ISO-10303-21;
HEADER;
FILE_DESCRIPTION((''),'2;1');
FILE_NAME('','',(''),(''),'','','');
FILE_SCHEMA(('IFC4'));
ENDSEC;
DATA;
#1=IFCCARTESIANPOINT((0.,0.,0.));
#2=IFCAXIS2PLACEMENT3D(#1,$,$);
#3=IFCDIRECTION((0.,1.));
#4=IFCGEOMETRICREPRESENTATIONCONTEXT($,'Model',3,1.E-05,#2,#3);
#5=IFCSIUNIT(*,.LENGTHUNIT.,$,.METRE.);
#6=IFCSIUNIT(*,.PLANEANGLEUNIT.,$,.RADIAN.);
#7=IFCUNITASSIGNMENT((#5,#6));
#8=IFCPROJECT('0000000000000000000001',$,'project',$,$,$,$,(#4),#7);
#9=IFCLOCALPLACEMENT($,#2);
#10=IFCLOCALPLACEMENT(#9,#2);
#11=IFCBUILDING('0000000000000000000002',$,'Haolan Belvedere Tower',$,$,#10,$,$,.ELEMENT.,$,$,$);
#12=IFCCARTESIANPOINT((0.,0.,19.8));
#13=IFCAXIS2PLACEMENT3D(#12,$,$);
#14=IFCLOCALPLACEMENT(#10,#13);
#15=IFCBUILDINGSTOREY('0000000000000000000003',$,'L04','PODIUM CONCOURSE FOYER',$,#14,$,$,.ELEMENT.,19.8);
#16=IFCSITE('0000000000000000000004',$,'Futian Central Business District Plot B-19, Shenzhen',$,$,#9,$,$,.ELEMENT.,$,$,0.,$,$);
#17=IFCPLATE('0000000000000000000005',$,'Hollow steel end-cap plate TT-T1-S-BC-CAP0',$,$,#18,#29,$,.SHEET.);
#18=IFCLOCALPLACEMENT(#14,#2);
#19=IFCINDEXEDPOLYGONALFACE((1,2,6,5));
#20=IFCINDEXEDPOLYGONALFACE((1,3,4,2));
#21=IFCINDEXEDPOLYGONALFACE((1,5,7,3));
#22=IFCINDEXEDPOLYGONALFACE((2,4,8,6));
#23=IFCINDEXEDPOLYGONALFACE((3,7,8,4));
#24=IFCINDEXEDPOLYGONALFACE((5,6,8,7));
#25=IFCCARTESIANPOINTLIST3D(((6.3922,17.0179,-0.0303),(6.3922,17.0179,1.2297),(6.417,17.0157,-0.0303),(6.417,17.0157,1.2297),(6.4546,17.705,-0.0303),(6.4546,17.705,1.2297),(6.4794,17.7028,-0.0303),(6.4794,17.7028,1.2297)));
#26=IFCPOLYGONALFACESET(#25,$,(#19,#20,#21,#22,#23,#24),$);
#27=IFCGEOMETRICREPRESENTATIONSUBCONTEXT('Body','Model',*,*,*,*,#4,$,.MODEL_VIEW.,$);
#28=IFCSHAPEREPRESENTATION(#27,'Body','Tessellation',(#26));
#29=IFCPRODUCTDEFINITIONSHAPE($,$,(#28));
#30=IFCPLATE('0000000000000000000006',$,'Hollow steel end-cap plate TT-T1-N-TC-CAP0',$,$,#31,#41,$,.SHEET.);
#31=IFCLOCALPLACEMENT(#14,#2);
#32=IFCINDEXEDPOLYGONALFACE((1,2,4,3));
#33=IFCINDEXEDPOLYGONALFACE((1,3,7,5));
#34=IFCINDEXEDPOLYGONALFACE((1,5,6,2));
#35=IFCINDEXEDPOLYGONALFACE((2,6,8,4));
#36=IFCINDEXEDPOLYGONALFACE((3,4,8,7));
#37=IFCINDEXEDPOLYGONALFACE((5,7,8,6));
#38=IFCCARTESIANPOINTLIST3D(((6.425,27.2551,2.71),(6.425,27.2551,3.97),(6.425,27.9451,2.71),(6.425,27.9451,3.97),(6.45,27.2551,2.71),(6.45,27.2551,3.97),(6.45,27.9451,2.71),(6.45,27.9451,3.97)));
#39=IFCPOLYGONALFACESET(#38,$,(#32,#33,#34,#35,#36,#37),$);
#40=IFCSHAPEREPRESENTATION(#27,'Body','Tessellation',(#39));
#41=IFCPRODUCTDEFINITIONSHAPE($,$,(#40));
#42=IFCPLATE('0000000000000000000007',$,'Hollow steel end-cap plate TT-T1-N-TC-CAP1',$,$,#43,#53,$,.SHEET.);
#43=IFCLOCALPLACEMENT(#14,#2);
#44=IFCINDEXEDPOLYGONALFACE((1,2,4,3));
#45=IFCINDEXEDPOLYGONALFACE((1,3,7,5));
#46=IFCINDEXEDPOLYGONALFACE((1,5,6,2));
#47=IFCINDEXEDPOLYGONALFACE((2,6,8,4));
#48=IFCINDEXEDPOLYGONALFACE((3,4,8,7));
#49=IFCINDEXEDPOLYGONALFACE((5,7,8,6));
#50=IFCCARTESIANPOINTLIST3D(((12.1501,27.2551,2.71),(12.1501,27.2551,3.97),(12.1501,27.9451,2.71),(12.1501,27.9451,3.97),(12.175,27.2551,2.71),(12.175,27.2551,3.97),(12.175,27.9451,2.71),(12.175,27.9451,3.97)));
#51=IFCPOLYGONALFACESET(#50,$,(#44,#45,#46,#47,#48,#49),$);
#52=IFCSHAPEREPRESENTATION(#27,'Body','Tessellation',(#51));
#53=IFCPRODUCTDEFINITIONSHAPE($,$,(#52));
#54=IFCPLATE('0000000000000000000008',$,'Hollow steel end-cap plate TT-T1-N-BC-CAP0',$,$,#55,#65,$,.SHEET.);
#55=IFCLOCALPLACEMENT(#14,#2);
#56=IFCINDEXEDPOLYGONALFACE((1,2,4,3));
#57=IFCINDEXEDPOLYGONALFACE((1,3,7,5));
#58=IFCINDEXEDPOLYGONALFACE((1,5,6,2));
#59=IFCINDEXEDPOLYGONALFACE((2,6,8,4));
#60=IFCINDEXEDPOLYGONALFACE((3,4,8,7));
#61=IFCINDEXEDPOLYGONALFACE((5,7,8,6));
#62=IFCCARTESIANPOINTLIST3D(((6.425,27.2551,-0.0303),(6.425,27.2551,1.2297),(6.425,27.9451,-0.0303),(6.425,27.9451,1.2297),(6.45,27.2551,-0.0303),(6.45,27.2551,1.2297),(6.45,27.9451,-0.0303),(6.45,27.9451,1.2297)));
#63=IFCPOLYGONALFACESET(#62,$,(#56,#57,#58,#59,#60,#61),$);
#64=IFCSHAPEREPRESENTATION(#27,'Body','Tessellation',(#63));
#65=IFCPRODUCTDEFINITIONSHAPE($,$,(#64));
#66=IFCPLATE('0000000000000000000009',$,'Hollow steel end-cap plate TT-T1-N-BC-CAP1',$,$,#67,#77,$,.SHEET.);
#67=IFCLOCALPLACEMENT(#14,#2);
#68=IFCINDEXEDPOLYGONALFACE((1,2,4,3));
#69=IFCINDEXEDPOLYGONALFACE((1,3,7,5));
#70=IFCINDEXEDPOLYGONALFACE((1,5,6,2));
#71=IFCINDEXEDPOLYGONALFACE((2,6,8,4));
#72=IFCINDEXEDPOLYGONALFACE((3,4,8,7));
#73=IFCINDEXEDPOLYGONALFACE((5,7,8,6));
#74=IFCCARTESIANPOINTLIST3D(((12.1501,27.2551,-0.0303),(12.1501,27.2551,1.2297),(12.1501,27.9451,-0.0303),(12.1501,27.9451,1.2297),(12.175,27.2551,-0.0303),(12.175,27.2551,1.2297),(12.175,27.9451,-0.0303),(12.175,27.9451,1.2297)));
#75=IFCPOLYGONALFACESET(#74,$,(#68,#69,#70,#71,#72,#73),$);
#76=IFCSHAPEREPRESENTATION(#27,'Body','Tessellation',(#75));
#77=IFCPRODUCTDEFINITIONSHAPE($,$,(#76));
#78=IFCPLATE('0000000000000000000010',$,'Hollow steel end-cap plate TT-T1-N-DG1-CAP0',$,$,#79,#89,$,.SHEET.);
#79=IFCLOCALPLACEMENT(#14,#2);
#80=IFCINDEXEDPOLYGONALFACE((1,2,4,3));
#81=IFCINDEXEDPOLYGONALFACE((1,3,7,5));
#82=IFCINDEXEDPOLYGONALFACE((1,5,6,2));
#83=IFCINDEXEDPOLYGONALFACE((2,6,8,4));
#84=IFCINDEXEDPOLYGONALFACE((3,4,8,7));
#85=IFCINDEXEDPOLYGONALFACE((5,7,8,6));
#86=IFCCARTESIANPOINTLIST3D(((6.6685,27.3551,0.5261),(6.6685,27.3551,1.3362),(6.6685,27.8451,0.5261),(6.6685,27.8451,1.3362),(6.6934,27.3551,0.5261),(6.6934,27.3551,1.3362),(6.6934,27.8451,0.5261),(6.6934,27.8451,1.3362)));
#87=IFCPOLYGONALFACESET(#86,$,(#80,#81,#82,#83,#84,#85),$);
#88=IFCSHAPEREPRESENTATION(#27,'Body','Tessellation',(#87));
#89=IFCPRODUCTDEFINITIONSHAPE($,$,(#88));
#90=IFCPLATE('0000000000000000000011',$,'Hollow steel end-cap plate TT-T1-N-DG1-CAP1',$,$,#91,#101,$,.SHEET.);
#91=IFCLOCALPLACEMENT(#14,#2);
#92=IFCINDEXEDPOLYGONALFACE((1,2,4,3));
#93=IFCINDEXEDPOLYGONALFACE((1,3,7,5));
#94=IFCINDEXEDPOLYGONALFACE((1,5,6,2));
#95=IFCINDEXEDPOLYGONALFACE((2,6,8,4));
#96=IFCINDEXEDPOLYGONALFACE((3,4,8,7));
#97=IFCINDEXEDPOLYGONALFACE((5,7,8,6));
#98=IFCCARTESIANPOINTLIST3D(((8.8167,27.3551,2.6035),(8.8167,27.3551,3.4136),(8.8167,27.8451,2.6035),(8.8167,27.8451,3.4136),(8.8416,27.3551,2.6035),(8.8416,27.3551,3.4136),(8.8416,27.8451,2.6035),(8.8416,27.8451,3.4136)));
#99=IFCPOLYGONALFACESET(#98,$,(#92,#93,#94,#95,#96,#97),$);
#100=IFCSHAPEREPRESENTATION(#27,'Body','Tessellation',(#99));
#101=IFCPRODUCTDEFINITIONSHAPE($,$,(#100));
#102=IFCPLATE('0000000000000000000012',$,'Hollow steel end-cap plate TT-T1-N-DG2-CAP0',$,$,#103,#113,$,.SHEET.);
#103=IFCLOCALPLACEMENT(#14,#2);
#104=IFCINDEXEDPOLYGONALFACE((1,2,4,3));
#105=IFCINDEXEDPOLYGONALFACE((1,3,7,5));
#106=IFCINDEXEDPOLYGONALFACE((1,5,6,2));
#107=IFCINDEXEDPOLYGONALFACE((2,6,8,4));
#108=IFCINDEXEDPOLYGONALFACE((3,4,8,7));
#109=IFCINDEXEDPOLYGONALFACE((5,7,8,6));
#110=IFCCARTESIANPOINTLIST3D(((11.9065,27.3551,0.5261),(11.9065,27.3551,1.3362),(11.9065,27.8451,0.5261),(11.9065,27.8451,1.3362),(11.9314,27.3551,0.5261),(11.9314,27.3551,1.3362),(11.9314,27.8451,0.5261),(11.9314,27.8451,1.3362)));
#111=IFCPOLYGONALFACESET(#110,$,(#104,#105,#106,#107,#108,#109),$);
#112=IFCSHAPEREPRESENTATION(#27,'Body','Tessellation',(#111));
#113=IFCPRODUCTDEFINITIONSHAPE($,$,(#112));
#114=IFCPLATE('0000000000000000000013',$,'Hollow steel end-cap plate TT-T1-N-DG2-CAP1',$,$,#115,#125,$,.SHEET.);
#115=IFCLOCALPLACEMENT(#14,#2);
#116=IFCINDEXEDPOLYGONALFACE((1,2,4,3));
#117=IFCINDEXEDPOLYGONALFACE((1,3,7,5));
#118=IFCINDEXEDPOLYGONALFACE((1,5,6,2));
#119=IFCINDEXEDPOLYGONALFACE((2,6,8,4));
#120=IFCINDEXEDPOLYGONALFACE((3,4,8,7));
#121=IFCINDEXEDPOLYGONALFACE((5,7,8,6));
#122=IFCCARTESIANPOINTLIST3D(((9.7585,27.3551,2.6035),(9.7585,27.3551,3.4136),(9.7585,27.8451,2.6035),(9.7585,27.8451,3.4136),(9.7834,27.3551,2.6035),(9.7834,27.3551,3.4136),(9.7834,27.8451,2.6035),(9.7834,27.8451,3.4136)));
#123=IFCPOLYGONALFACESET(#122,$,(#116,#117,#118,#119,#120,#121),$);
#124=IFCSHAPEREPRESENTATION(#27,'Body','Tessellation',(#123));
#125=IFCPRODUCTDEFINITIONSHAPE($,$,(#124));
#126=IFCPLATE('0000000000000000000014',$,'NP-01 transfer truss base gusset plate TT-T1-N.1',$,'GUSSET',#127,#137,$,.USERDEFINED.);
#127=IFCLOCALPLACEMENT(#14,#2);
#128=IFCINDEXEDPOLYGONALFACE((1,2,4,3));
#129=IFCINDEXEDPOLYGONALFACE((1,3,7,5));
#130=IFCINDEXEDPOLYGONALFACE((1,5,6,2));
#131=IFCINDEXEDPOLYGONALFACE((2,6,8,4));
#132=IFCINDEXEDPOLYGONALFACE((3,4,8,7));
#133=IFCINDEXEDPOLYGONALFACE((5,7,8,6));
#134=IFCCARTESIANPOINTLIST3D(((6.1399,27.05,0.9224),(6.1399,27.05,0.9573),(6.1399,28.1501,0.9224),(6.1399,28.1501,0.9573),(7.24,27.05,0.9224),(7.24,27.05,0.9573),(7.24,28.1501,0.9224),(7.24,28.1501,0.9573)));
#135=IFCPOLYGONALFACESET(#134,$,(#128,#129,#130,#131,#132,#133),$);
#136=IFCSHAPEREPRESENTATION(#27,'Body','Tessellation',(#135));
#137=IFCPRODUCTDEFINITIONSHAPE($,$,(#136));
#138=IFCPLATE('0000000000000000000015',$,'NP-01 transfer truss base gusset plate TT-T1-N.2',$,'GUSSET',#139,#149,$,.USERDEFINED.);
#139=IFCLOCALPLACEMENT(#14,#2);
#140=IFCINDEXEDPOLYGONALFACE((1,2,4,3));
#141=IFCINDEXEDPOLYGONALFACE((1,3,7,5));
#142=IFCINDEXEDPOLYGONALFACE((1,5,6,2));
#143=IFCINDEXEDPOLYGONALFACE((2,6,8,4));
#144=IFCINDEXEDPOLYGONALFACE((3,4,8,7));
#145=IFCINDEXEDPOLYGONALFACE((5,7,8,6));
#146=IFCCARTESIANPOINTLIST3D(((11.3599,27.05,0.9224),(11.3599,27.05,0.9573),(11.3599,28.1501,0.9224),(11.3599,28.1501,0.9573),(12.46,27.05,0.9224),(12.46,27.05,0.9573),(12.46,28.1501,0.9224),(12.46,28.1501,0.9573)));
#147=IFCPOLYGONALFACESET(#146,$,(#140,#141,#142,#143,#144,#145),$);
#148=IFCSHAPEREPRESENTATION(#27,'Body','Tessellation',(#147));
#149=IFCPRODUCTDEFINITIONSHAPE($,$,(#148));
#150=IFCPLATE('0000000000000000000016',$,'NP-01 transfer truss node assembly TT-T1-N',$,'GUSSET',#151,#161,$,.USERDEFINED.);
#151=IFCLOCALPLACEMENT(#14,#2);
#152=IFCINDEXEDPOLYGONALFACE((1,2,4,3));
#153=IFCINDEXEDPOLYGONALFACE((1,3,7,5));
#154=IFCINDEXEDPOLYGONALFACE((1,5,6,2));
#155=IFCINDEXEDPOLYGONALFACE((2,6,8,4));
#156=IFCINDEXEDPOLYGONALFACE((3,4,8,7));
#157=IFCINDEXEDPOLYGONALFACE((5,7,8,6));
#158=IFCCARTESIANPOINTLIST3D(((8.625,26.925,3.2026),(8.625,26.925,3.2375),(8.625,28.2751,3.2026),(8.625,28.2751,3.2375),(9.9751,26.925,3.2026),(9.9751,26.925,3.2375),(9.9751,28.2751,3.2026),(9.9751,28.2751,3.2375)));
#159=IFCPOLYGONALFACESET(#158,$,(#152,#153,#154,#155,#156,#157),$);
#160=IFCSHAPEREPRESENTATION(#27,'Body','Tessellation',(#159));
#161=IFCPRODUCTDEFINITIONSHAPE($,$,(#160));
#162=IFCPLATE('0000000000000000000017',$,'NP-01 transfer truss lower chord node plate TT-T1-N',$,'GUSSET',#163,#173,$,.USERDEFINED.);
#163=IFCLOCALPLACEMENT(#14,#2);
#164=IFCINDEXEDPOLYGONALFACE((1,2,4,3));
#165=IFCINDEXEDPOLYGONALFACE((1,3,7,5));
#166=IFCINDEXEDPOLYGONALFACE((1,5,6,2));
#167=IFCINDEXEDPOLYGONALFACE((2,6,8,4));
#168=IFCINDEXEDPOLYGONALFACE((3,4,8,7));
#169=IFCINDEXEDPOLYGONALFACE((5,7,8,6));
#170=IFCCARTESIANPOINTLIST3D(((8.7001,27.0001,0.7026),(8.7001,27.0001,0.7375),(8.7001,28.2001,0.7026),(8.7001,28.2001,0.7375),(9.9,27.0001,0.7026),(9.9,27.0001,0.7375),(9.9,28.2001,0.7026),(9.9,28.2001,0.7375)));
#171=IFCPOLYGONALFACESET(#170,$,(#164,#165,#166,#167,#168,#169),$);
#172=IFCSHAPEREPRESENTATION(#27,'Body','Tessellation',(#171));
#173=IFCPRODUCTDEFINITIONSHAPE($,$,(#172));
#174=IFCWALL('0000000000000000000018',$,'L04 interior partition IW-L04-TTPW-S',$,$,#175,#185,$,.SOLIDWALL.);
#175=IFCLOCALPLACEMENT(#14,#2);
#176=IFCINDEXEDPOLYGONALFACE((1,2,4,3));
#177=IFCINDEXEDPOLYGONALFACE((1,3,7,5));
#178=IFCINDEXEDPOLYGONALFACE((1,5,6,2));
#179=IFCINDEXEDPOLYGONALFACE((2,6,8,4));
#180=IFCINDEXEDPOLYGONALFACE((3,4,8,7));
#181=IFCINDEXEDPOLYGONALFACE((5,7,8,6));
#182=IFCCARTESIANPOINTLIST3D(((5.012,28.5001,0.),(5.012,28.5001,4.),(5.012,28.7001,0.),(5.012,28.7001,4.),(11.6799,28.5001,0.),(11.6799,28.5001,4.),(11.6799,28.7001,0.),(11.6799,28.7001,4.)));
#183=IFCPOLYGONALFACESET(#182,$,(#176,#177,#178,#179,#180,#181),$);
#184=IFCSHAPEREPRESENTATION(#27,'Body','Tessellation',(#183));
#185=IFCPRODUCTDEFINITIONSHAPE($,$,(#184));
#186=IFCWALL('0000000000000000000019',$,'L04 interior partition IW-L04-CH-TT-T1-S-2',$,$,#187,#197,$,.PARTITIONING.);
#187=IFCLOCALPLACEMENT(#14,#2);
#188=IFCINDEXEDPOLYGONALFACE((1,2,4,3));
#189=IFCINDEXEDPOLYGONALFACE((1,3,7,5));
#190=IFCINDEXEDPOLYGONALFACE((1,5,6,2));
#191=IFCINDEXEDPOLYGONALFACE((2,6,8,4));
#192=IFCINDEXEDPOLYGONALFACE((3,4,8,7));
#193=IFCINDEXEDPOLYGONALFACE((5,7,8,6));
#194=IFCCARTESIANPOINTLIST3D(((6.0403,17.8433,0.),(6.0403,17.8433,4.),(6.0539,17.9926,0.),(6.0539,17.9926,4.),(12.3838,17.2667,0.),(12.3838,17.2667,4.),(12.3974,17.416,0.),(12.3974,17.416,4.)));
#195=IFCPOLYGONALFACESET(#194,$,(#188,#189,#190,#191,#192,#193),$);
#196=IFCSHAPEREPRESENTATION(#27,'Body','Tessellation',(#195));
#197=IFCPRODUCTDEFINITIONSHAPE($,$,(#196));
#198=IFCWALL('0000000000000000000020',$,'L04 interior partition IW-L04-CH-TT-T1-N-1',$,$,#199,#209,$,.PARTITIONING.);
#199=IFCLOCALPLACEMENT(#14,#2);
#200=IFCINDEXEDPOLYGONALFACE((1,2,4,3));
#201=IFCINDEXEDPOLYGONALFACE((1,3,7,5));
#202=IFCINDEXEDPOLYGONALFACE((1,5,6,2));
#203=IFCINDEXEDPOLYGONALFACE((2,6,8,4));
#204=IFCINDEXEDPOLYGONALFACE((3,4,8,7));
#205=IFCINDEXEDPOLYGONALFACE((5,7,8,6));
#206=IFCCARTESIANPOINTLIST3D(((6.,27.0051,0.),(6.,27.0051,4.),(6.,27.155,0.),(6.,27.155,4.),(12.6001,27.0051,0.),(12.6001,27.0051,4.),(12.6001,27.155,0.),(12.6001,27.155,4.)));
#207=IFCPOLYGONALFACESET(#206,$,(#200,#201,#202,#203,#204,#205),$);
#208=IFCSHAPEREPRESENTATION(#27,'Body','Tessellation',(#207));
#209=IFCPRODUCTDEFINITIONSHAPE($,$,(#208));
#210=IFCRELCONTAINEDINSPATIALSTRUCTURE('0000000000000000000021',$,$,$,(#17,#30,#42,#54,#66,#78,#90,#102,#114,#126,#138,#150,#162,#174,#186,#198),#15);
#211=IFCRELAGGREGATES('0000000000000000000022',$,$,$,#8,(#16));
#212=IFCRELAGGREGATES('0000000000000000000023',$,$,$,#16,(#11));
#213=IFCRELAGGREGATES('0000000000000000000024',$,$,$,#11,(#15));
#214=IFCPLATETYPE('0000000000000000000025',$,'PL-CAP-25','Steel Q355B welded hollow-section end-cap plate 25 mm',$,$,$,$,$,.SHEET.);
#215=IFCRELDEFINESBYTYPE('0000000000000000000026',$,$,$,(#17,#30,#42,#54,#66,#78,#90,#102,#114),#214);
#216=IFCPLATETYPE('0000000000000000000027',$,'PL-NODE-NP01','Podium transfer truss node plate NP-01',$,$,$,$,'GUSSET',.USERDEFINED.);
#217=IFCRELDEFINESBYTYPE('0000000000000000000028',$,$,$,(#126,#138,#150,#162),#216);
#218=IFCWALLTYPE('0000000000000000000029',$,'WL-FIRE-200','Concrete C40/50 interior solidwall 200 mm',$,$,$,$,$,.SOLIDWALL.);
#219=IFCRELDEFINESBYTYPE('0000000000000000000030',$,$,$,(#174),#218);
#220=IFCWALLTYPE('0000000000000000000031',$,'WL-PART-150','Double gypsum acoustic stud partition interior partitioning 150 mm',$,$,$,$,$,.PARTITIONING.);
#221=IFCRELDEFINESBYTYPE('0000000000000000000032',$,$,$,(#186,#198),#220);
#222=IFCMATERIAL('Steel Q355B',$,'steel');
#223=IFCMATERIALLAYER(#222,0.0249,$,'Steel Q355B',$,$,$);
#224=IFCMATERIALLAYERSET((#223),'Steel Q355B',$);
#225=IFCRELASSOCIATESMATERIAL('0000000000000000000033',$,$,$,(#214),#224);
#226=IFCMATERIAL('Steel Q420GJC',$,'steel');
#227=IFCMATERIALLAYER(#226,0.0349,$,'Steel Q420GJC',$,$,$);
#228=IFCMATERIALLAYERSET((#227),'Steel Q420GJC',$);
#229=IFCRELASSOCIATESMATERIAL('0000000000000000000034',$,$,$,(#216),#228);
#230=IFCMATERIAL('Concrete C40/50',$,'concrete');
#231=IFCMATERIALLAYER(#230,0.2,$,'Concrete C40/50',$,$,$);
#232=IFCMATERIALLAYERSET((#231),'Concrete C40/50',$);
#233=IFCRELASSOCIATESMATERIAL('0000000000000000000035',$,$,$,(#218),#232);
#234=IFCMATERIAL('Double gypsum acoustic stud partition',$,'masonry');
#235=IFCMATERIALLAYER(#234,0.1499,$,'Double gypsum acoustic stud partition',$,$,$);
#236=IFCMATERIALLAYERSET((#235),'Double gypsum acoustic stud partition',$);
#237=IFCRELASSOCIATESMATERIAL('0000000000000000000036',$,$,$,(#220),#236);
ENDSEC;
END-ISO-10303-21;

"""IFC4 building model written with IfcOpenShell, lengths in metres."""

from ifc_helpers import new_model, si_unit, direction, frame, frame_2d, origin, origin_2d, place, context, subcontext, project, spatial, rectangle, extrude, material, layer, layer_set, type_object, element, save


model = new_model("IFC4")

# Units and contexts
model_context = context("Model", 3, precision=1e-05, world=origin(), true_north=direction((0.0, 1.0)))
body_context = subcontext(model_context, "Body", "Model", "MODEL_VIEW")
ifc_project = project(units=[si_unit("LENGTHUNIT", "METRE"), si_unit("PLANEANGLEUNIT", "RADIAN")], contexts=[model_context])

# Site, building, storey
site_placement = place(None, origin())
site = spatial("IfcSite", under=ifc_project, at=site_placement, Name="Futian Central Business District Plot B-19, Shenzhen", CompositionType="ELEMENT", RefElevation=0.0)
building_placement = place(site_placement, origin())
building = spatial("IfcBuilding", under=site, at=building_placement, Name="Haolan Belvedere Tower", CompositionType="ELEMENT")
storey_placement = place(building_placement, frame((0.0, 0.0, 19.8)))
storey = spatial("IfcBuildingStorey", under=building, at=storey_placement, Name="L04", Description="PODIUM CONCOURSE FOYER", CompositionType="ELEMENT", Elevation=19.8)

# Shared definitions
ifc_material_1 = material(Name="Steel Q355B", Category="steel")

# Shared definitions
ifc_material_2 = material(Name="Steel Q420GJC", Category="steel")

# Plates
ifc_layer_1 = layer(ifc_material_1, 0.0249, Name="Steel Q355B")
ifc_layer_set_1 = layer_set([ifc_layer_1], Name="Steel Q355B")
plate_type_1 = type_object("IfcPlateType", Name="PL-CAP-25", Description="Steel Q355B welded hollow-section end-cap plate 25 mm", PredefinedType="SHEET", material=ifc_layer_set_1)
for number, where, z_axis, x_axis, name in (
    (1, (6.4358, 17.3604, -0.0303), (0.0, 0.0, 1.0), (-0.090528, -0.995894, 0.0), "Hollow steel end-cap plate TT-T1-S-BC-CAP0"),
    (2, (6.4375, 27.6001, 2.71), (0.0, 0.0, 1.0), (0.0, -1.0, 0.0), "Hollow steel end-cap plate TT-T1-N-TC-CAP0"),
    (3, (12.1626, 27.6001, 2.71), (0.0, 0.0, 1.0), (0.0, 1.0, 0.0), "Hollow steel end-cap plate TT-T1-N-TC-CAP1"),
    (4, (6.4375, 27.6001, -0.0303), (0.0, 0.0, 1.0), (0.0, -1.0, 0.0), "Hollow steel end-cap plate TT-T1-N-BC-CAP0"),
    (5, (12.1626, 27.6001, -0.0303), (0.0, 0.0, 1.0), (0.0, 1.0, 0.0), "Hollow steel end-cap plate TT-T1-N-BC-CAP1"),
):
    element("IfcPlate", number, at=place(storey_placement, frame(where, z_axis=z_axis, x_axis=x_axis)), inside=storey, type_object=plate_type_1, Name=name, PredefinedType="SHEET", context=body_context, shape_type="SweptSolid", body=[
        extrude(rectangle(XDim=0.6899, YDim=0.0249, at=origin_2d()), origin(), (0.0, 0.0, 1.0), 1.26),
    ])
for number, where, z_axis, x_axis, name in (
    (6, (6.6809, 27.6001, 0.5261), (0.0, 0.0, 1.0), (0.0, -1.0, 0.0), "Hollow steel end-cap plate TT-T1-N-DG1-CAP0"),
    (7, (8.8291, 27.6001, 2.6035), (0.0, 0.0, 1.0), (0.0, 1.0, 0.0), "Hollow steel end-cap plate TT-T1-N-DG1-CAP1"),
    (8, (11.9189, 27.6001, 0.5261), (0.0, 0.0, 1.0), (0.0, 1.0, 0.0), "Hollow steel end-cap plate TT-T1-N-DG2-CAP0"),
    (9, (9.771, 27.6001, 2.6035), (0.0, 0.0, 1.0), (0.0, -1.0, 0.0), "Hollow steel end-cap plate TT-T1-N-DG2-CAP1"),
):
    element("IfcPlate", number, at=place(storey_placement, frame(where, z_axis=z_axis, x_axis=x_axis)), inside=storey, type_object=plate_type_1, Name=name, PredefinedType="SHEET", context=body_context, shape_type="SweptSolid", body=[
        extrude(rectangle(XDim=0.49, YDim=0.0249, at=origin_2d()), origin(), (0.0, 0.0, 1.0), 0.8101),
    ])
ifc_layer_2 = layer(ifc_material_2, 0.0349, Name="Steel Q420GJC")
ifc_layer_set_2 = layer_set([ifc_layer_2], Name="Steel Q420GJC")
plate_type_2 = type_object("IfcPlateType", Name="PL-NODE-NP01", Description="Podium transfer truss node plate NP-01", ElementType="GUSSET", PredefinedType="USERDEFINED", material=ifc_layer_set_2)
for number, where, z_axis, x_axis, name in (
    (10, (6.6899, 27.6001, 0.9224), (0.0, 0.0, 1.0), (1.0, 0.0, 0.0), "NP-01 transfer truss base gusset plate TT-T1-N.1"),
    (11, (11.9099, 27.6001, 0.9224), (0.0, 0.0, 1.0), (1.0, 0.0, 0.0), "NP-01 transfer truss base gusset plate TT-T1-N.2"),
):
    element("IfcPlate", number, at=place(storey_placement, frame(where, z_axis=z_axis, x_axis=x_axis)), inside=storey, type_object=plate_type_2, Name=name, ObjectType="GUSSET", PredefinedType="USERDEFINED", context=body_context, shape_type="SweptSolid", body=[
        extrude(rectangle(XDim=1.1001, YDim=1.1001, at=origin_2d()), origin(), (0.0, 0.0, 1.0), 0.0349),
    ])
plate_1_placement = place(storey_placement, frame((9.3, 27.6001, 3.2026), z_axis=(0.0, 0.0, 1.0), x_axis=(1.0, 0.0, 0.0)))
element("IfcPlate", 12, at=plate_1_placement, inside=storey, type_object=plate_type_2, Name="NP-01 transfer truss node assembly TT-T1-N", ObjectType="GUSSET", PredefinedType="USERDEFINED", context=body_context, shape_type="SweptSolid", body=[
    extrude(rectangle(XDim=1.3501, YDim=1.3501, at=origin_2d()), origin(), (0.0, 0.0, 1.0), 0.0349),
])
plate_2_placement = place(storey_placement, frame((9.3, 27.6001, 0.7026), z_axis=(0.0, 0.0, 1.0), x_axis=(1.0, 0.0, 0.0)))
element("IfcPlate", 13, at=plate_2_placement, inside=storey, type_object=plate_type_2, Name="NP-01 transfer truss lower chord node plate TT-T1-N", ObjectType="GUSSET", PredefinedType="USERDEFINED", context=body_context, shape_type="SweptSolid", body=[
    extrude(rectangle(XDim=1.2, YDim=1.2, at=origin_2d()), origin(), (0.0, 0.0, 1.0), 0.0349),
])

# Walls
ifc_material_3 = material(Name="Concrete C40/50", Category="concrete")
ifc_layer_3 = layer(ifc_material_3, 0.2, Name="Concrete C40/50")
ifc_layer_set_3 = layer_set([ifc_layer_3], Name="Concrete C40/50")
wall_type_1 = type_object("IfcWallType", Name="WL-FIRE-200", Description="Concrete C40/50 interior solidwall 200 mm", PredefinedType="SOLIDWALL", material=ifc_layer_set_3)
wall_1_placement = place(storey_placement, frame((5.012, 28.6001, 0.0), z_axis=(0.0, 0.0, 1.0), x_axis=(1.0, 0.0, 0.0)))
element("IfcWall", 14, at=wall_1_placement, inside=storey, type_object=wall_type_1, Name="L04 interior partition IW-L04-TTPW-S", PredefinedType="SOLIDWALL", context=body_context, shape_type="SweptSolid", body=[
    extrude(rectangle(XDim=6.668, YDim=0.2, at=frame_2d((3.334, 0.0))), origin(), (0.0, 0.0, 1.0), 4.0),
])
ifc_material_4 = material(Name="Double gypsum acoustic stud partition", Category="masonry")
ifc_layer_4 = layer(ifc_material_4, 0.1499, Name="Double gypsum acoustic stud partition")
ifc_layer_set_4 = layer_set([ifc_layer_4], Name="Double gypsum acoustic stud partition")
wall_type_2 = type_object("IfcWallType", Name="WL-PART-150", Description="Double gypsum acoustic stud partition interior partitioning 150 mm", PredefinedType="PARTITIONING", material=ifc_layer_set_4)
wall_2_placement = place(storey_placement, frame((6.0471, 17.918, 0.0), z_axis=(0.0, 0.0, 1.0), x_axis=(0.995894, -0.090532, 0.0)))
element("IfcWall", 15, at=wall_2_placement, inside=storey, type_object=wall_type_2, Name="L04 interior partition IW-L04-CH-TT-T1-S-2", PredefinedType="PARTITIONING", context=body_context, shape_type="SweptSolid", body=[
    extrude(rectangle(XDim=6.3696, YDim=0.1499, at=frame_2d((3.1848, 0.0))), origin(), (0.0, 0.0, 1.0), 4.0),
])
for number, where, z_axis, x_axis, name in (
    (16, (6.0, 27.0801, 0.0), (0.0, 0.0, 1.0), (1.0, 0.0, 0.0), "L04 interior partition IW-L04-CH-TT-T1-N-1"),
):
    element("IfcWall", number, at=place(storey_placement, frame(where, z_axis=z_axis, x_axis=x_axis)), inside=storey, type_object=wall_type_2, Name=name, PredefinedType="PARTITIONING", context=body_context, shape_type="SweptSolid", body=[
        extrude(rectangle(XDim=6.6001, YDim=0.1499, at=frame_2d((3.3, 0.0))), origin(), (0.0, 0.0, 1.0), 4.0),
    ])

save(model, "model.ifc")
